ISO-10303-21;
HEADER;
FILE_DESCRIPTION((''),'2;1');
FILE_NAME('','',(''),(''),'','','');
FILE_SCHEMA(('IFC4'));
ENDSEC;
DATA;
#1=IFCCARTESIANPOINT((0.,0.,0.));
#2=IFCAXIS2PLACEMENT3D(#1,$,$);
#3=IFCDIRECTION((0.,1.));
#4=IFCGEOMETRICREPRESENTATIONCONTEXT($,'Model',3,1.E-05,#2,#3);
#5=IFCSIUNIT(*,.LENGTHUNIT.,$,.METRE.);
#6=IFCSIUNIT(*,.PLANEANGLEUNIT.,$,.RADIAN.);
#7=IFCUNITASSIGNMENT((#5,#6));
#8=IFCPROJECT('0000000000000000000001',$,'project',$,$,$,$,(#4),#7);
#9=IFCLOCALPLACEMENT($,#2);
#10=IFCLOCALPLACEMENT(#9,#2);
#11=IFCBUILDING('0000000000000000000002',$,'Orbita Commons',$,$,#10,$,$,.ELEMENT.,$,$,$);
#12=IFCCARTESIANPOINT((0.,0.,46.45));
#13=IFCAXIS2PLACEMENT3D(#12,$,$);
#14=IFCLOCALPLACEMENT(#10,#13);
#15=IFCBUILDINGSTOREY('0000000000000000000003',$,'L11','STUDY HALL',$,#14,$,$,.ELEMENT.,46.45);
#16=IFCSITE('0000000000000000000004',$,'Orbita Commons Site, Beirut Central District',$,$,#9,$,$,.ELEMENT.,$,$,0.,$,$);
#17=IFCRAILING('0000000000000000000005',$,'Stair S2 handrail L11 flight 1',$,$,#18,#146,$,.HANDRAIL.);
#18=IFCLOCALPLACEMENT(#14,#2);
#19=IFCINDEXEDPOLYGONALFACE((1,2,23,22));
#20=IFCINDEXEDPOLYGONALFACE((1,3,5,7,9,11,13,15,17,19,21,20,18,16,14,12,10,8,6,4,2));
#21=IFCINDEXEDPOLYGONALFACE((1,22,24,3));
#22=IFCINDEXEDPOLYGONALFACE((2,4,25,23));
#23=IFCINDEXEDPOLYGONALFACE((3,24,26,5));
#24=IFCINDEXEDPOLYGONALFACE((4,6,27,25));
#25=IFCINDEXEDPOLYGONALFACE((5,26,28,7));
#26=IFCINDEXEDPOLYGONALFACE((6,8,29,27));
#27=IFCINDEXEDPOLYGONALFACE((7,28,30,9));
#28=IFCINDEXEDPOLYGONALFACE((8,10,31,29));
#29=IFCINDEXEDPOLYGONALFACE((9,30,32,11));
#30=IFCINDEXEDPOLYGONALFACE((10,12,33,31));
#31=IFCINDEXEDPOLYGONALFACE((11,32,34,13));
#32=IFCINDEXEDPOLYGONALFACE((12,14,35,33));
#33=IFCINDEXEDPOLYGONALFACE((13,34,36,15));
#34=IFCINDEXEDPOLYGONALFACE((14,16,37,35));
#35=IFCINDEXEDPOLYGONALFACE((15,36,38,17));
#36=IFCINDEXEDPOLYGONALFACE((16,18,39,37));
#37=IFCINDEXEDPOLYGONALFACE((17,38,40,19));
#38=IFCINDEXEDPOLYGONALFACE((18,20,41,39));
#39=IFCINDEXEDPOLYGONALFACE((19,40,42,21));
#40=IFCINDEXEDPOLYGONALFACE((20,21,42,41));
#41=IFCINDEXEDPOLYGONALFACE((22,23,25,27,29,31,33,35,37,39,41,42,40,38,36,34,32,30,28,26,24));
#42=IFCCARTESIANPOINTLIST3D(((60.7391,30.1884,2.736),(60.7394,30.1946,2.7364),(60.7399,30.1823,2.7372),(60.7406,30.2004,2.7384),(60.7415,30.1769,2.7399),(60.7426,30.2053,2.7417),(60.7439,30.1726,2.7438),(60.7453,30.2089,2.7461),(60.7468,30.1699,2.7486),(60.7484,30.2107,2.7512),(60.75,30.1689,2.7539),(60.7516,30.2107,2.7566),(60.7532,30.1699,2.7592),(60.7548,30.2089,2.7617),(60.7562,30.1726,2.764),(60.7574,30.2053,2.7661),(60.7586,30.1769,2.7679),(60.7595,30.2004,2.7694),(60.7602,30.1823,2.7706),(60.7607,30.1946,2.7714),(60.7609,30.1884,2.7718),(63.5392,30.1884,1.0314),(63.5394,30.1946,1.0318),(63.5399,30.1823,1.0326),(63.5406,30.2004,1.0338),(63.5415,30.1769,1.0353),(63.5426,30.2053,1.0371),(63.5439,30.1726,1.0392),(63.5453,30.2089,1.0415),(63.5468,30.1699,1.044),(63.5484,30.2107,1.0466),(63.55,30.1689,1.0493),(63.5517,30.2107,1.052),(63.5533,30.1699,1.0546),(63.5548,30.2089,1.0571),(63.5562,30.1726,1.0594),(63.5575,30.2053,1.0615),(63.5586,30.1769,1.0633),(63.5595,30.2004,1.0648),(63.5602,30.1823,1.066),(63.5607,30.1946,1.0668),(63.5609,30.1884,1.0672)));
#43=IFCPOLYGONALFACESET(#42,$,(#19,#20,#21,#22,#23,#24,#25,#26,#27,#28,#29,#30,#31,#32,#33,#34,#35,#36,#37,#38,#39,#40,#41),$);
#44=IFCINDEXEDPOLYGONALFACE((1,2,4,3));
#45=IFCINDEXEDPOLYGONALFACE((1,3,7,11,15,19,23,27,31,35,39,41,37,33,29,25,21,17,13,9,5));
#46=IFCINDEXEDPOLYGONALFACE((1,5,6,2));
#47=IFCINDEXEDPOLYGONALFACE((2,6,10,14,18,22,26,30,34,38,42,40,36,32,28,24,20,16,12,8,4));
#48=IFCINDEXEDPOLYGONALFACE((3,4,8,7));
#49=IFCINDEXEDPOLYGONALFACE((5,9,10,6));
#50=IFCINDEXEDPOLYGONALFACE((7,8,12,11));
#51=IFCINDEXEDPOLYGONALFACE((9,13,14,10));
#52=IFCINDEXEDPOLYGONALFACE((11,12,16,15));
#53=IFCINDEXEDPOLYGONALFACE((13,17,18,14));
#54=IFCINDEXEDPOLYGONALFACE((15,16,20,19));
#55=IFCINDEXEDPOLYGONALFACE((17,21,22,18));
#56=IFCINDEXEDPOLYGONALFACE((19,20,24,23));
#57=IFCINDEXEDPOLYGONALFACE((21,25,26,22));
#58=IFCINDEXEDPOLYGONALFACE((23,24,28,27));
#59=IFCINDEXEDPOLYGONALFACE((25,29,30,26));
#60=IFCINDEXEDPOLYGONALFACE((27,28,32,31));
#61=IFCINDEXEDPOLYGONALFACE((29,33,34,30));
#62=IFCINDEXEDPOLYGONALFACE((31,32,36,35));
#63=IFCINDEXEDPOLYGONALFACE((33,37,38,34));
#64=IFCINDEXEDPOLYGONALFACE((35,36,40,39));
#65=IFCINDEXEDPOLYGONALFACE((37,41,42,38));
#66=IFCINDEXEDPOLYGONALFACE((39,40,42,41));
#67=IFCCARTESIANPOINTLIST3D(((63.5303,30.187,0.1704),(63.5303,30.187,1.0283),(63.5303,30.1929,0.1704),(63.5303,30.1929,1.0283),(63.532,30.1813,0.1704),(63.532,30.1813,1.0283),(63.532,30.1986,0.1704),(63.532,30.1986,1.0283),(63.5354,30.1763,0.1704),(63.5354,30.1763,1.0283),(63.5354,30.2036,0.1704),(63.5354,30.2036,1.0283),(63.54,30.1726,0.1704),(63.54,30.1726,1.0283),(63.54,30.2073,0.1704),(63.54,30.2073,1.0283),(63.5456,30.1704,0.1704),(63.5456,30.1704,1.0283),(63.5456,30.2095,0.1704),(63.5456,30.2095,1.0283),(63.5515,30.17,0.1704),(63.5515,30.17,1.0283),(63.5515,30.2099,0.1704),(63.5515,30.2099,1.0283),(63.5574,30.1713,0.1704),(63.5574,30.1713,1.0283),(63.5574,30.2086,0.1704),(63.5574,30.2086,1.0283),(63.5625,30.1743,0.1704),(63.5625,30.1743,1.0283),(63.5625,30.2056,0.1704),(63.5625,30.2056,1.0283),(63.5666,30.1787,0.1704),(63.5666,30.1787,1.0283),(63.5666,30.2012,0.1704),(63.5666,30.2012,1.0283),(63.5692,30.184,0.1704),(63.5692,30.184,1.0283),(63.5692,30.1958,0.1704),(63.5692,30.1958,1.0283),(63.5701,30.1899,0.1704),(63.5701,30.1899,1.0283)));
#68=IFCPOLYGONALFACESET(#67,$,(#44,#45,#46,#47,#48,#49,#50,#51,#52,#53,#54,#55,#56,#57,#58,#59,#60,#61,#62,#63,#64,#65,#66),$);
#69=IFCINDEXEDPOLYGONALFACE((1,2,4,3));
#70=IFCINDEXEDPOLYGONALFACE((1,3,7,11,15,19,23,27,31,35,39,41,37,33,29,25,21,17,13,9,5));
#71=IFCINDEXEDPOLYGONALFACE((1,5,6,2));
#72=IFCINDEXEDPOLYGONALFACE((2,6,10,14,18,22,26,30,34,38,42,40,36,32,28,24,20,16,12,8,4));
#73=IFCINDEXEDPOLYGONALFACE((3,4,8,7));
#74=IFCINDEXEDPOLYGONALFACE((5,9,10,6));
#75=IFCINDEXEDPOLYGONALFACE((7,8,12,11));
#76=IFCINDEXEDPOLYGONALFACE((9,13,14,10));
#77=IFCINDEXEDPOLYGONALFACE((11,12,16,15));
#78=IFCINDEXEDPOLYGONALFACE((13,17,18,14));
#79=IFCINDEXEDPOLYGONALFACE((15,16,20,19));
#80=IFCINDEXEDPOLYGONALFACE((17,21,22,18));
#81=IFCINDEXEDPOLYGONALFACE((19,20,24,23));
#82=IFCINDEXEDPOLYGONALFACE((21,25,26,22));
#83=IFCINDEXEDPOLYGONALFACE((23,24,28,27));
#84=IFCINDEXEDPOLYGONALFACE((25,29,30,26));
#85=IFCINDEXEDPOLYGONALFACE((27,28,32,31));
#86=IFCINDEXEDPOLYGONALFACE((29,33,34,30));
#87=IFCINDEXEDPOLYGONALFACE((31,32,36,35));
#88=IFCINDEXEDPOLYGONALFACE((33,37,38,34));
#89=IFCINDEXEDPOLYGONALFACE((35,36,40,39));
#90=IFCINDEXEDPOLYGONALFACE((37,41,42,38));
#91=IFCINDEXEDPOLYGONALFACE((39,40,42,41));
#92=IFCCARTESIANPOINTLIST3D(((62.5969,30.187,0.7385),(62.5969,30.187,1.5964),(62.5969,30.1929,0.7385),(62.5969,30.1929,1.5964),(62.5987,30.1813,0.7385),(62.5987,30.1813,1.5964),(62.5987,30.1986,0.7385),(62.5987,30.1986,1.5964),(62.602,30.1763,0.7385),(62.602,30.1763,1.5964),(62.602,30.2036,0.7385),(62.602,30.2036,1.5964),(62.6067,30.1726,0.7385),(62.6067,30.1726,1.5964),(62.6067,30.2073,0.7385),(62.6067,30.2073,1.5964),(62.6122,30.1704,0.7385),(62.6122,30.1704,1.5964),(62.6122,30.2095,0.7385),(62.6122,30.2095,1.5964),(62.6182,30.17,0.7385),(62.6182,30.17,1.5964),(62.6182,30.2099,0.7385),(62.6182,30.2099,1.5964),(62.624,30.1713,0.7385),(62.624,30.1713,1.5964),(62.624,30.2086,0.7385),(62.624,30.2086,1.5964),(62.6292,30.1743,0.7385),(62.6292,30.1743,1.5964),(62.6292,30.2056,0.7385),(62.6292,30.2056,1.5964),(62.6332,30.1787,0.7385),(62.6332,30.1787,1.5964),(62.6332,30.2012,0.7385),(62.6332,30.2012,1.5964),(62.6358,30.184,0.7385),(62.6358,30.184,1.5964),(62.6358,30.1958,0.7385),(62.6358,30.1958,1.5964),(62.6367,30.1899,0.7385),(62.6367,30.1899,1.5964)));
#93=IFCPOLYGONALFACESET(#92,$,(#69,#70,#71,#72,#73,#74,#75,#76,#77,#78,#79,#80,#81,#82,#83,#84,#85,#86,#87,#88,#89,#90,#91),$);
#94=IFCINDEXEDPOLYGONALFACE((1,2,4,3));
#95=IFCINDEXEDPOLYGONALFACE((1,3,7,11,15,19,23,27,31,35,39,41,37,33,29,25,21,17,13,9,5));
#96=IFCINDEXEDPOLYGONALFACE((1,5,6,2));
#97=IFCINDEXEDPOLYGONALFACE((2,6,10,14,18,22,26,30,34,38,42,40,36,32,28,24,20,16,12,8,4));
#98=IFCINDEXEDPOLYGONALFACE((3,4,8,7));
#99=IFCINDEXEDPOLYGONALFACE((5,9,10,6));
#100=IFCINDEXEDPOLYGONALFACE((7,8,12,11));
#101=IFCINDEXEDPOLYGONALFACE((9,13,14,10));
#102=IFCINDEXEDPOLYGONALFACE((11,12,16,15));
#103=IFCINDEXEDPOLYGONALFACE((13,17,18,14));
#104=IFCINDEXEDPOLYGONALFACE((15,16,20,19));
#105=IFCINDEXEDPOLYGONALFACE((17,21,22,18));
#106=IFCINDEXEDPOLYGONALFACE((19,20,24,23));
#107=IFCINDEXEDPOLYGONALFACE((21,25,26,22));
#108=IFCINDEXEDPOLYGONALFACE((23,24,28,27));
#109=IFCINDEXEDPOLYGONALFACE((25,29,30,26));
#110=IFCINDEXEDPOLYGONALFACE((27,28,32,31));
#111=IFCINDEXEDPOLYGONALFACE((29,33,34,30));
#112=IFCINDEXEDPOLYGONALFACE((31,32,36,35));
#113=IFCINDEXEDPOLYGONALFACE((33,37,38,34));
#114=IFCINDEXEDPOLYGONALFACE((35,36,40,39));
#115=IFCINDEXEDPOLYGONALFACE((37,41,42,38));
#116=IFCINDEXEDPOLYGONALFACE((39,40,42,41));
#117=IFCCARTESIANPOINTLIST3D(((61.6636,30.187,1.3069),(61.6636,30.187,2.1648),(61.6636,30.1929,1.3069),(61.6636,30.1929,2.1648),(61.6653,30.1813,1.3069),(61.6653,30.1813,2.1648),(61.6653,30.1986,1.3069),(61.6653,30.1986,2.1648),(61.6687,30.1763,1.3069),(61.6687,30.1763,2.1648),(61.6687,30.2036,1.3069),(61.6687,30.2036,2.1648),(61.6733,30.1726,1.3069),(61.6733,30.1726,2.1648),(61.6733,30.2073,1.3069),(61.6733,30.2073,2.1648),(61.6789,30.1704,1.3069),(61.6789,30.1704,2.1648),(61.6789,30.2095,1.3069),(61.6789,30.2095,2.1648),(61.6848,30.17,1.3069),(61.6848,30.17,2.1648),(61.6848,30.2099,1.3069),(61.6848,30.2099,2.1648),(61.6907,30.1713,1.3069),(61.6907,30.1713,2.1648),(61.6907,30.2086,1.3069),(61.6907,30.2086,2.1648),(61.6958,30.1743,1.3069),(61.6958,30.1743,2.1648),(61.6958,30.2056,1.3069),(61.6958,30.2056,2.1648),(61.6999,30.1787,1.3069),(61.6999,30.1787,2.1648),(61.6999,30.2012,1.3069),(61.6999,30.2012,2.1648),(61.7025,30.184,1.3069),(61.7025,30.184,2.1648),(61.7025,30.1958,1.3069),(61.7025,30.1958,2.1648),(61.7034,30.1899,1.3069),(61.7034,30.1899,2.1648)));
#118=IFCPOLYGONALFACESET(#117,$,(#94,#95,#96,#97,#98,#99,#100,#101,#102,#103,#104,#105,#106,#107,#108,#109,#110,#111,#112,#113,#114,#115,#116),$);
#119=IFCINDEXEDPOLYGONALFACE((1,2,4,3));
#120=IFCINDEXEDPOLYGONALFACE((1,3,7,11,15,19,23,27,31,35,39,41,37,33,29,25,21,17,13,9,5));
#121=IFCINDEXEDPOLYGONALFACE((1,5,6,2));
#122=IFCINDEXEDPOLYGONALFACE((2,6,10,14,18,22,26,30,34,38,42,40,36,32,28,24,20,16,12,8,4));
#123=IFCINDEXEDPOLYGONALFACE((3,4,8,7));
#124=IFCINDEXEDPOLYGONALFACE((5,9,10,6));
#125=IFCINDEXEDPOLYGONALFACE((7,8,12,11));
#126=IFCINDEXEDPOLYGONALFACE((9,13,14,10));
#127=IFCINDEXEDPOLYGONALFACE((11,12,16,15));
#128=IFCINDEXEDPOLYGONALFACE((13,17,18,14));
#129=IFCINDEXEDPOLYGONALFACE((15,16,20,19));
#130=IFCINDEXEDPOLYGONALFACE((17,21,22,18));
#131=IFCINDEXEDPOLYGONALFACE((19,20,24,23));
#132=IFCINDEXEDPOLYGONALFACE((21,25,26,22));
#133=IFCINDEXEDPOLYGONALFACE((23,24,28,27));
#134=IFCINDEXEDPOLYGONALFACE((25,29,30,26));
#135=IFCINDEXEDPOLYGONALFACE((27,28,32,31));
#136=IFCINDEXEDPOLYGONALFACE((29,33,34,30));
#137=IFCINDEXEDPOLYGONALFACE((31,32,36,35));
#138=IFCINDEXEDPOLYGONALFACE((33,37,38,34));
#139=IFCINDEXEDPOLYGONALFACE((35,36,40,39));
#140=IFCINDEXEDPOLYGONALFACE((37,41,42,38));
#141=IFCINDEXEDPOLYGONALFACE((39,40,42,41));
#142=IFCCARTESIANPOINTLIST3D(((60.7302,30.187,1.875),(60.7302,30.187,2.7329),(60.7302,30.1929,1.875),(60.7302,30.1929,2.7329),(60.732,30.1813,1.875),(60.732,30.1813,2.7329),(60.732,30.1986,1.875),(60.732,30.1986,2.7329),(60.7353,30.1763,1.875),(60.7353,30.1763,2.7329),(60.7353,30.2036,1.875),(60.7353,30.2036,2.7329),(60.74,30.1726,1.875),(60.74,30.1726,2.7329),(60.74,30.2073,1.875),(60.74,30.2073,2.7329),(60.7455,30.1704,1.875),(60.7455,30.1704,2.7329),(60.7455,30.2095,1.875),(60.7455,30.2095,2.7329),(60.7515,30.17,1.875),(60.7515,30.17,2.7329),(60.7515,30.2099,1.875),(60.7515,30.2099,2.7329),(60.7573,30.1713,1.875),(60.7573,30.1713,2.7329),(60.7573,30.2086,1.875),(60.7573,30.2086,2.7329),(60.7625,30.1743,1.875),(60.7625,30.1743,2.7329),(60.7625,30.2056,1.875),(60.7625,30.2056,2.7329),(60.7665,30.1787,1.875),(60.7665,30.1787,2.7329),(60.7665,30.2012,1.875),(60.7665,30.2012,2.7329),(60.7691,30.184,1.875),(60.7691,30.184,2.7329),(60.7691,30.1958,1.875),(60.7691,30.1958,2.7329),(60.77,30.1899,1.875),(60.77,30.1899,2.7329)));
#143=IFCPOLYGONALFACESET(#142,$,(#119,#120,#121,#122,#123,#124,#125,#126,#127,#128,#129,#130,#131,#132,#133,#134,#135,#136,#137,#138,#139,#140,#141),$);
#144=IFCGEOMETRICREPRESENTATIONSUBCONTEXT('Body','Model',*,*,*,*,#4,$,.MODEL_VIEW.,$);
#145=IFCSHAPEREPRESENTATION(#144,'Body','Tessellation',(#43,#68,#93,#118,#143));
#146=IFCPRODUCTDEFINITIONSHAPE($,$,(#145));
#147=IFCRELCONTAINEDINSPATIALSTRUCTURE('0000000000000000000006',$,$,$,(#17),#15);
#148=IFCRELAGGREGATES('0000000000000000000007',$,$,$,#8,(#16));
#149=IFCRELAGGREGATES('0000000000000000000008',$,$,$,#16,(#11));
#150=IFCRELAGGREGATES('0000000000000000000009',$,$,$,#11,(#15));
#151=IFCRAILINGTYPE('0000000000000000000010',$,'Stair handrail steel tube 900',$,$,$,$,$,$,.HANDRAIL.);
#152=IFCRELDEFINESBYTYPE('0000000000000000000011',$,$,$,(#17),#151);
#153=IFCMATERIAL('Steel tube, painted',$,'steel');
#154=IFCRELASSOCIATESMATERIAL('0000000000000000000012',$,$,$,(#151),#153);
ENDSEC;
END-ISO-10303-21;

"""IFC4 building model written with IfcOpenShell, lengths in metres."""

from ifc_helpers import new_model, si_unit, direction, frame, origin, origin_2d, place, context, subcontext, project, spatial, circle, extrude, material, type_object, element, save


model = new_model("IFC4")

# Units and contexts
model_context = context("Model", 3, precision=1e-05, world=origin(), true_north=direction((0.0, 1.0)))
body_context = subcontext(model_context, "Body", "Model", "MODEL_VIEW")
ifc_project = project(units=[si_unit("LENGTHUNIT", "METRE"), si_unit("PLANEANGLEUNIT", "RADIAN")], contexts=[model_context])

# Site, building, storey
site_placement = place(None, origin())
site = spatial("IfcSite", under=ifc_project, at=site_placement, Name="Orbita Commons Site, Beirut Central District", CompositionType="ELEMENT", RefElevation=0.0)
building_placement = place(site_placement, origin())
building = spatial("IfcBuilding", under=site, at=building_placement, Name="Orbita Commons", CompositionType="ELEMENT")
storey_placement = place(building_placement, frame((0.0, 0.0, 46.45)))
storey = spatial("IfcBuildingStorey", under=building, at=storey_placement, Name="L11", Description="STUDY HALL", CompositionType="ELEMENT", Elevation=46.45)

# Railing
ifc_material_1 = material(Name="Steel tube, painted", Category="steel")
railing_type = type_object("IfcRailingType", Name="Stair handrail steel tube 900", PredefinedType="HANDRAIL", material=ifc_material_1)
for number, where, name in (
    (1, (63.55, 30.1899, 0.1704), "Stair S2 handrail L11 flight 1"),
):
    element("IfcRailing", number, at=place(storey_placement, frame(where)), inside=storey, type_object=railing_type, Name=name, PredefinedType="HANDRAIL", context=body_context, shape_type="SweptSolid", body=[
        extrude(circle(Radius=0.021, at=origin_2d()), frame((0.0, 0.0, 0.8789), z_axis=(-0.85417, 0.0, 0.519994), x_axis=(0.0, -1.0, 0.0)), (0.0, 0.0, 1.0), 3.2781),
        extrude(circle(Radius=0.02, at=origin_2d()), origin(), (0.0, 0.0, 1.0), 0.8579),
        extrude(circle(Radius=0.02, at=origin_2d()), frame((-0.9333, 0.0, 0.5681)), (0.0, 0.0, 1.0), 0.8579),
        extrude(circle(Radius=0.02, at=origin_2d()), frame((-1.8667, 0.0, 1.1365)), (0.0, 0.0, 1.0), 0.8579),
        extrude(circle(Radius=0.02, at=origin_2d()), frame((-2.8, 0.0, 1.7046)), (0.0, 0.0, 1.0), 0.8579),
    ])

save(model, "model.ifc")
